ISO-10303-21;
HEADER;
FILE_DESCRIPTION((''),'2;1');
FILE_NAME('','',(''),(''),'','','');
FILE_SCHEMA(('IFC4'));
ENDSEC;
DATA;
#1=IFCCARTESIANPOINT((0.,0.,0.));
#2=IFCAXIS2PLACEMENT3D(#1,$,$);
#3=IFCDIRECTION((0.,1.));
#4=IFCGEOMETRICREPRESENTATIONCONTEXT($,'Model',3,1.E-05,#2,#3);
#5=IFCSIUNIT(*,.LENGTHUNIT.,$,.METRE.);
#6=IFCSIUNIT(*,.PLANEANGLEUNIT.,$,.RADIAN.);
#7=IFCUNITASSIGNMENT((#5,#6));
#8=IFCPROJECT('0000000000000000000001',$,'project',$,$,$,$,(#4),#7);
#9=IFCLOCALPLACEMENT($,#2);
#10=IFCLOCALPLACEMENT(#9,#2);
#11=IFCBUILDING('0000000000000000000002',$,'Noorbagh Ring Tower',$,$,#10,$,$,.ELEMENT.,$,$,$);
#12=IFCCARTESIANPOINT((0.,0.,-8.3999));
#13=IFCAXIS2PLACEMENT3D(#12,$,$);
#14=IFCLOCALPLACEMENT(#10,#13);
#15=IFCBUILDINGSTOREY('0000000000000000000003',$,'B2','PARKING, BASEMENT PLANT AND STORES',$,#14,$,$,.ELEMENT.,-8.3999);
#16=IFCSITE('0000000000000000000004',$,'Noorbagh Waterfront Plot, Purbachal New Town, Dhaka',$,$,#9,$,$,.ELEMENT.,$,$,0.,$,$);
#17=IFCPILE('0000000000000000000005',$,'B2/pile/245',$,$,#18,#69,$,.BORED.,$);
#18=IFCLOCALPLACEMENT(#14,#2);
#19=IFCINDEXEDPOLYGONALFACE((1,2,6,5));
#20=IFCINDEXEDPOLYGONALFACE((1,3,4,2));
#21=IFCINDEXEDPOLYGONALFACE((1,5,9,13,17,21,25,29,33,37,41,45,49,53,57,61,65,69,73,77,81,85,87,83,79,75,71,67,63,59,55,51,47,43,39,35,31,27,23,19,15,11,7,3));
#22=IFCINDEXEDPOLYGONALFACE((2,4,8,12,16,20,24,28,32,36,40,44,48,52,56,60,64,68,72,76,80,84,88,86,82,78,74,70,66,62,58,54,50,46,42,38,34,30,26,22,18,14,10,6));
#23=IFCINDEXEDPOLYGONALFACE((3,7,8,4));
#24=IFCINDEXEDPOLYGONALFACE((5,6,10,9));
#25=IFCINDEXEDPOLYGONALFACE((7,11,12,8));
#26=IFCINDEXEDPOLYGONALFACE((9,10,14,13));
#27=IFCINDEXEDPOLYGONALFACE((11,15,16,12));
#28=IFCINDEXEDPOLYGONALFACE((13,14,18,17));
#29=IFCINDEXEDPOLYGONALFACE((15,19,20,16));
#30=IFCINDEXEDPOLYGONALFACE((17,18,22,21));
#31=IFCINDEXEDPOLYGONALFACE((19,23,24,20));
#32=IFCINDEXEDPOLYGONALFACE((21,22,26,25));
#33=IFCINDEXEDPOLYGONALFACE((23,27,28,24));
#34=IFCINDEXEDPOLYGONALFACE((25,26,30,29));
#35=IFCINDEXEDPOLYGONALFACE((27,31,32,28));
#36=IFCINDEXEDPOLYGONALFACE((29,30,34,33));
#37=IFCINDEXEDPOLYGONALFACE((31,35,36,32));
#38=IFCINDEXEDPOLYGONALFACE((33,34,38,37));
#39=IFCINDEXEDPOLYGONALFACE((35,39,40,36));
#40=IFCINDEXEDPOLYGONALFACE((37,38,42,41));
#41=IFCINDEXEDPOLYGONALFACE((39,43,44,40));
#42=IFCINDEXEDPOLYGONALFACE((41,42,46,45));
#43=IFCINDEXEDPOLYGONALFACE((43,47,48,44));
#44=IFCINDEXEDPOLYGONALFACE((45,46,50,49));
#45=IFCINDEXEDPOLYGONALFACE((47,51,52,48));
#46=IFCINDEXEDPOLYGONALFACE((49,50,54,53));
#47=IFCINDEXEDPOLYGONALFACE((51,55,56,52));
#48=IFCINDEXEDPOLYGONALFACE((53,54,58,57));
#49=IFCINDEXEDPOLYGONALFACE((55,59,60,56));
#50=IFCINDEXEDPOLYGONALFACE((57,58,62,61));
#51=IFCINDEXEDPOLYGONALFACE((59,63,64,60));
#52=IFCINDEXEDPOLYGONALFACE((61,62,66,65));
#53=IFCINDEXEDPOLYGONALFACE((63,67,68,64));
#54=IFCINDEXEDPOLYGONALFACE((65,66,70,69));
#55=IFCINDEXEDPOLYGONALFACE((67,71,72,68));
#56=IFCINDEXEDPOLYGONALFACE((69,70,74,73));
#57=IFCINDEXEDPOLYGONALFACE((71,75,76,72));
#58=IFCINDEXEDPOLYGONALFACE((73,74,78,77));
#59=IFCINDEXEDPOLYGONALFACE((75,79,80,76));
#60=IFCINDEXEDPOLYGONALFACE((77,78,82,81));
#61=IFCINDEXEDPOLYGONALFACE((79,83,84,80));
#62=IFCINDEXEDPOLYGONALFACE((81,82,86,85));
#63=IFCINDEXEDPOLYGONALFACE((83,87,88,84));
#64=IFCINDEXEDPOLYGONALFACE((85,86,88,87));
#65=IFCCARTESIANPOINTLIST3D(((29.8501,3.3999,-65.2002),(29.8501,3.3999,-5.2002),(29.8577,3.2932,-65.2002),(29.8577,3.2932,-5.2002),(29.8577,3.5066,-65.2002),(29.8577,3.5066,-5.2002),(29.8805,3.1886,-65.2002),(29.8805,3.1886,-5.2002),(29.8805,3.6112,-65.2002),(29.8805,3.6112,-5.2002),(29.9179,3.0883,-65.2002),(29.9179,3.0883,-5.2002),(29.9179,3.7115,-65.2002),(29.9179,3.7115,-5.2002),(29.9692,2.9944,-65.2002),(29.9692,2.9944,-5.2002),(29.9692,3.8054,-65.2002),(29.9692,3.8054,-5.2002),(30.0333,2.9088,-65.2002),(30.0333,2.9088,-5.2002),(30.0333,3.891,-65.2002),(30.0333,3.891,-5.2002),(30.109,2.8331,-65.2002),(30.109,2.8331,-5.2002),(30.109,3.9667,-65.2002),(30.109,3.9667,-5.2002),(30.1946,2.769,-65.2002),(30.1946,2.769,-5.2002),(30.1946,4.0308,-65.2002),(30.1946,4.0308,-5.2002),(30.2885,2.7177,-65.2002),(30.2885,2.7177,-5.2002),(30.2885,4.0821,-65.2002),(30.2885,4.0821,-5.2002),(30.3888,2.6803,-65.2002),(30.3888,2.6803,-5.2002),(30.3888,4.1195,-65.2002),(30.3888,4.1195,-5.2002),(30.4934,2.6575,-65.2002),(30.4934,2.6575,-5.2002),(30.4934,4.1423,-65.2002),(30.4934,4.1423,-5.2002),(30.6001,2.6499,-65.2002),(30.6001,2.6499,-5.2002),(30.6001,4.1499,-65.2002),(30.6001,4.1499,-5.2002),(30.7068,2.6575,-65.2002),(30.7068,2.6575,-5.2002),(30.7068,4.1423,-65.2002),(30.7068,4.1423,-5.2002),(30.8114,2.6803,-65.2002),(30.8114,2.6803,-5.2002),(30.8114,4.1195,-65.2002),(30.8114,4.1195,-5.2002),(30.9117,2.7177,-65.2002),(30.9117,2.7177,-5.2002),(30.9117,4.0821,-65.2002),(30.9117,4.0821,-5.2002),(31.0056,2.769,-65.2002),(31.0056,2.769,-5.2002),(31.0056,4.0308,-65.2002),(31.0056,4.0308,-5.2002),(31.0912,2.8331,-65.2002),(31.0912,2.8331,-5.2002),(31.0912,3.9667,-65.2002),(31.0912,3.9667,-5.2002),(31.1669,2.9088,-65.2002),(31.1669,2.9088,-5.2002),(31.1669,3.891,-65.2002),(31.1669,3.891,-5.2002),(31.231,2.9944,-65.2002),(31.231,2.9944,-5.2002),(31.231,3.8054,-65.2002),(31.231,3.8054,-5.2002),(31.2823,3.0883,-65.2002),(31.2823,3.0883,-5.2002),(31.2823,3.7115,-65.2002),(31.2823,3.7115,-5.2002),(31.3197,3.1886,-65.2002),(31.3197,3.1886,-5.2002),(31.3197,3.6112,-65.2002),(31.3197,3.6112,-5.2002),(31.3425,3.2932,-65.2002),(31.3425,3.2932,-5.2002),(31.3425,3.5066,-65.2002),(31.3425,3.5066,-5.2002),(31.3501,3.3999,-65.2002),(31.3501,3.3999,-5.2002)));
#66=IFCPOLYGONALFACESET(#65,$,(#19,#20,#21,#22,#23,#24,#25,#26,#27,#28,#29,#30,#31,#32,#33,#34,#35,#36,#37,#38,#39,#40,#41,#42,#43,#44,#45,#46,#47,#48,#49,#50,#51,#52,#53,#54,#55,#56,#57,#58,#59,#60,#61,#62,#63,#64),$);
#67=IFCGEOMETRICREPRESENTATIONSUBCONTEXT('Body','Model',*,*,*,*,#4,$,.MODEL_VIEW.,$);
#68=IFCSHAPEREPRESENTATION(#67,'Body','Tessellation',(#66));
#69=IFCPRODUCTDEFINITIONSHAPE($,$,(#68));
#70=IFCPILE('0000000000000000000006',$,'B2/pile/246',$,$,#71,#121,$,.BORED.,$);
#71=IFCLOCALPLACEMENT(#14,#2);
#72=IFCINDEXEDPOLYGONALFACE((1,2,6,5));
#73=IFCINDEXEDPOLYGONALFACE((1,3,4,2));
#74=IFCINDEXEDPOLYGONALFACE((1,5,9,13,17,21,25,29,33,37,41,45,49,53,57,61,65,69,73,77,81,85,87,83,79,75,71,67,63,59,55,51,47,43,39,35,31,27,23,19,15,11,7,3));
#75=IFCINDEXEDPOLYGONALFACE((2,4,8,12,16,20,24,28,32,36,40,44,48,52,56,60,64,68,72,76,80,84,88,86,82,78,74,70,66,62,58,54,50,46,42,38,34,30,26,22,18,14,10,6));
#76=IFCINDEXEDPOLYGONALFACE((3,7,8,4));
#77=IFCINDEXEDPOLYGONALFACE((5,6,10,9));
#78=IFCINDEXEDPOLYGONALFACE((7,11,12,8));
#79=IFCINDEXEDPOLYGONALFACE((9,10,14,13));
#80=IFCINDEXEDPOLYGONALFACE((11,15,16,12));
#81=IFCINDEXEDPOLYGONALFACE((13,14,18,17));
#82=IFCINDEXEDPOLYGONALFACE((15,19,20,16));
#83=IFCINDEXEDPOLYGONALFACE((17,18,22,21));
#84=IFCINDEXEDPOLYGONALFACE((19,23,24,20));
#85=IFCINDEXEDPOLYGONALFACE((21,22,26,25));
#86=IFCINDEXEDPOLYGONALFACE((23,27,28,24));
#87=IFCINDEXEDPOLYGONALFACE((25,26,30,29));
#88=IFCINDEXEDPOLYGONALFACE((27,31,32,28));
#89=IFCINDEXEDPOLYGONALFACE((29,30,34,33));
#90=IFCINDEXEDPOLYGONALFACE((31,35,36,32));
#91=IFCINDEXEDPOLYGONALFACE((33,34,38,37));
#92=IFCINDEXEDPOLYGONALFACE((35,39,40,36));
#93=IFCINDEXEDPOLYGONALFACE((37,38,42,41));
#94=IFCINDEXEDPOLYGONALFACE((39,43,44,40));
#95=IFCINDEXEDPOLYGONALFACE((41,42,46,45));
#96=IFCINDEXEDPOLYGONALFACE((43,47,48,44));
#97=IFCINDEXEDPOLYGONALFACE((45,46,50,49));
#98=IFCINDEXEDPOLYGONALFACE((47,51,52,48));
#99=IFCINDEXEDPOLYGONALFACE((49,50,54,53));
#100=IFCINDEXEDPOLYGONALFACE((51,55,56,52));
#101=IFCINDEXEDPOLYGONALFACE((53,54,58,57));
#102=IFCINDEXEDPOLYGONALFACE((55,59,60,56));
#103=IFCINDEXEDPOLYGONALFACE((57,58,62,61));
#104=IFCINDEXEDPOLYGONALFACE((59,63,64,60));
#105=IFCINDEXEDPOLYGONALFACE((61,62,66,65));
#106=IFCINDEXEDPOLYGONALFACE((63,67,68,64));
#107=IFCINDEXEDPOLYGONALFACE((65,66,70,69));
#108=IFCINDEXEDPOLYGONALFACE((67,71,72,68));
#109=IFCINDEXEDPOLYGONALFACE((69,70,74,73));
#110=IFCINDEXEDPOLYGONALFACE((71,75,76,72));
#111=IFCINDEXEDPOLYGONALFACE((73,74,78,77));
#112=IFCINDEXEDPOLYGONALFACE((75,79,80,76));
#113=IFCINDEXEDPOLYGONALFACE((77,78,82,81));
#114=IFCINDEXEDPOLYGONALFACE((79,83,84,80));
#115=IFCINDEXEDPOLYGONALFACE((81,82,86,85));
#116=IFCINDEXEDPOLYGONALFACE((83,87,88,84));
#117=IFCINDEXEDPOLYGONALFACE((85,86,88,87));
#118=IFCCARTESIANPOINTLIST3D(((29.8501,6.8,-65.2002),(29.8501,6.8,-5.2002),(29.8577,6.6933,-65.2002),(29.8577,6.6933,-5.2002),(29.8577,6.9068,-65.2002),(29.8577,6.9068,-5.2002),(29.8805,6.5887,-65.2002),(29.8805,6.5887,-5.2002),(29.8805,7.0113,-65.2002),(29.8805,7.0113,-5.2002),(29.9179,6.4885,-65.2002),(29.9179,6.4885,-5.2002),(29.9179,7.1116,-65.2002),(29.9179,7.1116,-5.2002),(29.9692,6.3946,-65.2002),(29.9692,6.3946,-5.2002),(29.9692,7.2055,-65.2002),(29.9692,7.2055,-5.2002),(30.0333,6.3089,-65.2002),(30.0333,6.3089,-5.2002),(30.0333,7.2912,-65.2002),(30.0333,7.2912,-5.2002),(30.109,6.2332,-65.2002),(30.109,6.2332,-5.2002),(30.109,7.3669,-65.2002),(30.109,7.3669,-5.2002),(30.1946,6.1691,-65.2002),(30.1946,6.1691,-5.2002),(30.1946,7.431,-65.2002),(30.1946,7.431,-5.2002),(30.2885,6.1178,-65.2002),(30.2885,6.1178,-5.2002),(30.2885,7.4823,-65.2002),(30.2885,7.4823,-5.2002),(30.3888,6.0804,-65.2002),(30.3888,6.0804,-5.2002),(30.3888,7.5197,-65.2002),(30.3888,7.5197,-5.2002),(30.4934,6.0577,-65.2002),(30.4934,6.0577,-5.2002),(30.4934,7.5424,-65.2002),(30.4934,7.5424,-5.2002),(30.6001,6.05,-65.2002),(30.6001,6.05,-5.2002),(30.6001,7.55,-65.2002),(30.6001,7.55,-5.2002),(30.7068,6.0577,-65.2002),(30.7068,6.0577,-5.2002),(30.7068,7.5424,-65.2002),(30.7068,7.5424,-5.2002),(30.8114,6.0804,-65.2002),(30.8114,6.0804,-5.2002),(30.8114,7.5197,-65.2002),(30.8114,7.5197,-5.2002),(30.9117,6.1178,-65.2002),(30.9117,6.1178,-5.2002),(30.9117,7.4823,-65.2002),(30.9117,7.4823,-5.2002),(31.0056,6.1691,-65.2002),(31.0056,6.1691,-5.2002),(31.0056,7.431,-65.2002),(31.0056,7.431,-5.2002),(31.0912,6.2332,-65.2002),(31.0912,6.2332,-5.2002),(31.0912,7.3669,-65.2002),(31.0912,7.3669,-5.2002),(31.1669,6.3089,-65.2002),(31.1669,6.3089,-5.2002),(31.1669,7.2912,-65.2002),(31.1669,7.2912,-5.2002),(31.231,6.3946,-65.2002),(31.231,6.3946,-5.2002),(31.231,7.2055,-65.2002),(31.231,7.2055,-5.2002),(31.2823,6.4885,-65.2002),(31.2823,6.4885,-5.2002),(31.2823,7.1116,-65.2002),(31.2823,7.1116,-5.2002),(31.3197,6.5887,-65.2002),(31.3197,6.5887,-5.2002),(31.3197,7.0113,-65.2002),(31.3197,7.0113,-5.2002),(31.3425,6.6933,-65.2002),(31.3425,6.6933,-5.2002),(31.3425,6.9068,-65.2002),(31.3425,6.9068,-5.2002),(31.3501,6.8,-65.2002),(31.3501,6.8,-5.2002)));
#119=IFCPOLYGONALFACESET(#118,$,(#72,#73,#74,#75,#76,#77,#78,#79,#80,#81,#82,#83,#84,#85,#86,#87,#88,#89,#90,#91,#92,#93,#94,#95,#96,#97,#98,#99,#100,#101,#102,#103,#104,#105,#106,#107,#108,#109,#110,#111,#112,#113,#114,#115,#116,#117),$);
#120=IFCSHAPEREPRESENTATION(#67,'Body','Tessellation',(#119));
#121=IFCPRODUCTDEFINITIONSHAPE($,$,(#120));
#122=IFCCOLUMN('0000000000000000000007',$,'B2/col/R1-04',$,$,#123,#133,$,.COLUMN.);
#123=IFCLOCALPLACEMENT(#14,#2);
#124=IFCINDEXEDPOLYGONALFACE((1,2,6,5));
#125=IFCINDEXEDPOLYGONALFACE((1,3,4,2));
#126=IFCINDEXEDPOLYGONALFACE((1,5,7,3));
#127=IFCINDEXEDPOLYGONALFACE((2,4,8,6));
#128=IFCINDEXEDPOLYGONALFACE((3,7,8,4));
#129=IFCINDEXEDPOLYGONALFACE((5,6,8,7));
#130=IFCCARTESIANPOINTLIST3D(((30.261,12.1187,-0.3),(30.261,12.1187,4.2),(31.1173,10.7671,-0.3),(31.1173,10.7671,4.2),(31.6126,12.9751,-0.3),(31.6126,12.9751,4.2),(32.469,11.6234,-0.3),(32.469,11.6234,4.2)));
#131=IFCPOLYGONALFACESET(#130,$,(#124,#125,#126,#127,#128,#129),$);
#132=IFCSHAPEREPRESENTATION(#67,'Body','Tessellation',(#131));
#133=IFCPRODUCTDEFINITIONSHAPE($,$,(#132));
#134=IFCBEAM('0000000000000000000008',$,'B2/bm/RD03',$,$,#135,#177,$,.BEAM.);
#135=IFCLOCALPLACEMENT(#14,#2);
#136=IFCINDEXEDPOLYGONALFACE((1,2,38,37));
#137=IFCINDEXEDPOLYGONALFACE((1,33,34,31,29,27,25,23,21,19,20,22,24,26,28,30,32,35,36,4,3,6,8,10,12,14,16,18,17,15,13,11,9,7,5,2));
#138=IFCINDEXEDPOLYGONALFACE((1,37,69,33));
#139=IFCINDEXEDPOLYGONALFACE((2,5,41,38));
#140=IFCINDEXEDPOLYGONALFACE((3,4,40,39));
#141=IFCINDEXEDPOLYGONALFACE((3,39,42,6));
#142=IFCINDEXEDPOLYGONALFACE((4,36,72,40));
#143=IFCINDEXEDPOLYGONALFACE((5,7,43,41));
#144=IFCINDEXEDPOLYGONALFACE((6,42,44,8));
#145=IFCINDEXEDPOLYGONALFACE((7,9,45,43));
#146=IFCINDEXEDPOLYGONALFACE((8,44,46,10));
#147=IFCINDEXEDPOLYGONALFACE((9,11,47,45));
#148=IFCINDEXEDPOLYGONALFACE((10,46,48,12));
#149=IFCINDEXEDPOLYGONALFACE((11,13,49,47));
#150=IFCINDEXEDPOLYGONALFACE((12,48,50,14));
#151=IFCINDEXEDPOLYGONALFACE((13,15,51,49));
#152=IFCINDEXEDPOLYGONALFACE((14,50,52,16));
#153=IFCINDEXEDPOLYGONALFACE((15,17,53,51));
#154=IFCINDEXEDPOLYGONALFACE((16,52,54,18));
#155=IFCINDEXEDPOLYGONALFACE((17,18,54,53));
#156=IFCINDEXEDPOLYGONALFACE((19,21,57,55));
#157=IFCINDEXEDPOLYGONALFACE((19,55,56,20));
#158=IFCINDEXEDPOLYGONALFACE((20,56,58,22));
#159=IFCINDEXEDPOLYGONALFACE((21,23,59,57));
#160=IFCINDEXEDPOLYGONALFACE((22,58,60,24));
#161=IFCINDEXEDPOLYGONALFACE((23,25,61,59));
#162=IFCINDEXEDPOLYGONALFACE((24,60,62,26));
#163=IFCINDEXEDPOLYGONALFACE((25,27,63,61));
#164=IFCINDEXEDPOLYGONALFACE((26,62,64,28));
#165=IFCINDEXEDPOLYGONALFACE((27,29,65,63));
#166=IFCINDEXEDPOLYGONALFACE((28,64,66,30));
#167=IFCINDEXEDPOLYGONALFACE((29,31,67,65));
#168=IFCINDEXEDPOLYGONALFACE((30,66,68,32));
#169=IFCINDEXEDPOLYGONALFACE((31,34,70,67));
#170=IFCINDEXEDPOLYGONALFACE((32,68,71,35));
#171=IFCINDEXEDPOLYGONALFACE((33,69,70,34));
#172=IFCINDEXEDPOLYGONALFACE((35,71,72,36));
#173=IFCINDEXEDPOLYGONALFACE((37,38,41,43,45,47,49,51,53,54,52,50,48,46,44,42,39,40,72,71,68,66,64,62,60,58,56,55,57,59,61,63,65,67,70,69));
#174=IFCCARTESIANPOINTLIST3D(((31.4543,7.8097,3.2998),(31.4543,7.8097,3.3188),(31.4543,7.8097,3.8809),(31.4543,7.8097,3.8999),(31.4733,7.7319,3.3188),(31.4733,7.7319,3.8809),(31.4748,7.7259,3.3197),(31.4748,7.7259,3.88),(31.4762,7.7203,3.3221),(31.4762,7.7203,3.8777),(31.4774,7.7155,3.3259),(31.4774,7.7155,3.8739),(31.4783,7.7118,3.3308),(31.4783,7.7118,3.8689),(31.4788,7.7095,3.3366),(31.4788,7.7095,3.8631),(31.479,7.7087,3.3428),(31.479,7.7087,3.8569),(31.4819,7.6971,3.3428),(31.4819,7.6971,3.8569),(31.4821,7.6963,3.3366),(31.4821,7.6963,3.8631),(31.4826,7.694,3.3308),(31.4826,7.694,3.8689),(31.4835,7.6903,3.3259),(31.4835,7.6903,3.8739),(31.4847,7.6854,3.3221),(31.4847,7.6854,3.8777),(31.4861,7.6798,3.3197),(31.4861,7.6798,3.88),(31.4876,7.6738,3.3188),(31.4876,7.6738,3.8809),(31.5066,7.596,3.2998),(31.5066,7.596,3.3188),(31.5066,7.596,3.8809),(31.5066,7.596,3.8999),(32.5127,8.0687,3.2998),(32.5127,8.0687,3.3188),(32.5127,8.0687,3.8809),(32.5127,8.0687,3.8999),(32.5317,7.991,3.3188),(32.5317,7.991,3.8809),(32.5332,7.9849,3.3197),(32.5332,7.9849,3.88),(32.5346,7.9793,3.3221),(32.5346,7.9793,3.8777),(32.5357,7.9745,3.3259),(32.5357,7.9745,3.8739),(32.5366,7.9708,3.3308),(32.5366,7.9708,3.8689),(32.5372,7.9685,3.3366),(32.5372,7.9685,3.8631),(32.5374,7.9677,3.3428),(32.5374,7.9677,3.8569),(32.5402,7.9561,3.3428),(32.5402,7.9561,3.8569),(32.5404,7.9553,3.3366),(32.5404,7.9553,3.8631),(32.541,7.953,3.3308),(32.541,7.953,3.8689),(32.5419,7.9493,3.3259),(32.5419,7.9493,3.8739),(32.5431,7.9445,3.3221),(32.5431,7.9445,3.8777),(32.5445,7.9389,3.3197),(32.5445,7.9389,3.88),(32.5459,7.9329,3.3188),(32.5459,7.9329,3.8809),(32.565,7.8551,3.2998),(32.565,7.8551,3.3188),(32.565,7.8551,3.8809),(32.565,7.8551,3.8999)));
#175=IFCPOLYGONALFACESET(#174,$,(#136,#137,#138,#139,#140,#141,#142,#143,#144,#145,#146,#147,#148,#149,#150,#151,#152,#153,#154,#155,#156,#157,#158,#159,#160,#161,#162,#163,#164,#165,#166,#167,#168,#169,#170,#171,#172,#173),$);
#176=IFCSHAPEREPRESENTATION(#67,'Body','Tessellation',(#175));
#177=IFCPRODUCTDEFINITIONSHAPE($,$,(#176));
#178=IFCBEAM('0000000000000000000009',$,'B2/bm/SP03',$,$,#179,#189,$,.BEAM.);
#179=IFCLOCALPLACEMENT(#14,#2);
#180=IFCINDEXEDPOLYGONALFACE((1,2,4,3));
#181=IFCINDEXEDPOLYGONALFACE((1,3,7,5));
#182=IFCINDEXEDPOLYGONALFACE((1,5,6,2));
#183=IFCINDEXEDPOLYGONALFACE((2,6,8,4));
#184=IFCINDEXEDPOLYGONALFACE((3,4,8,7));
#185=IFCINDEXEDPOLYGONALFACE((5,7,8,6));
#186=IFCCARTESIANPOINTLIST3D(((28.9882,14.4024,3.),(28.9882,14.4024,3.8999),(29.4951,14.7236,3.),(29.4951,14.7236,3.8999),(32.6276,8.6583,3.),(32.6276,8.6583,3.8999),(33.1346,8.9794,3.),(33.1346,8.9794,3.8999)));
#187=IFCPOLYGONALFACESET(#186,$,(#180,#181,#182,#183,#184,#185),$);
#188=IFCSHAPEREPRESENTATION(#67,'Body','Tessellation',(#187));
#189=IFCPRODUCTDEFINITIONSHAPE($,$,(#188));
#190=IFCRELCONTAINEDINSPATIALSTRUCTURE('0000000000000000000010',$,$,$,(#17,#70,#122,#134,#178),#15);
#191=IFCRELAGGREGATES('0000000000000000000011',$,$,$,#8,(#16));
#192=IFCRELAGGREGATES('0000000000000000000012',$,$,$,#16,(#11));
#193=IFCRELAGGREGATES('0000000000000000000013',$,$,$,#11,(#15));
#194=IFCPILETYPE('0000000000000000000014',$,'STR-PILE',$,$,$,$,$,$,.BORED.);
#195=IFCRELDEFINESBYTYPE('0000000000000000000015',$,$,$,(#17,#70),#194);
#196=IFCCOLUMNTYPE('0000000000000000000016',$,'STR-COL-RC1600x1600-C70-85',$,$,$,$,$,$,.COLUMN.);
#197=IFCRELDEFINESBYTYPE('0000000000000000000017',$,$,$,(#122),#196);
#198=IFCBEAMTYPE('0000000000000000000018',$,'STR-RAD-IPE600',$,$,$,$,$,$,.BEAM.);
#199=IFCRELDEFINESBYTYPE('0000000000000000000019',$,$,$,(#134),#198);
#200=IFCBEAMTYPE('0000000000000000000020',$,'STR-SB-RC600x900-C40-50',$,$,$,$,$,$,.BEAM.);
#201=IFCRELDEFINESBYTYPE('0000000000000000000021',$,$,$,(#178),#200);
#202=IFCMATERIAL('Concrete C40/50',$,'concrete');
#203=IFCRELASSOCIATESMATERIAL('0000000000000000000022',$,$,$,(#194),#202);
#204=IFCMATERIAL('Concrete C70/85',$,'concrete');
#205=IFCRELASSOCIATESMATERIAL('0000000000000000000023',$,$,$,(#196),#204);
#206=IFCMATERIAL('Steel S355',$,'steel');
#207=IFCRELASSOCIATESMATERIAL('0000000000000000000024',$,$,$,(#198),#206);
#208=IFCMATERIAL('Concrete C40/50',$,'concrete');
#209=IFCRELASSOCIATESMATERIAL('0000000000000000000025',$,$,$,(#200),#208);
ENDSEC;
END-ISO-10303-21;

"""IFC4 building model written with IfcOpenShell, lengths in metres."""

from ifc_helpers import new_model, si_unit, direction, frame, origin, origin_2d, place, context, subcontext, project, spatial, rectangle, circle, i_section, extrude, material, material_profile, profile_set, type_object, element, save


model = new_model("IFC4")

# Units and contexts
model_context = context("Model", 3, precision=1e-05, world=origin(), true_north=direction((0.0, 1.0)))
body_context = subcontext(model_context, "Body", "Model", "MODEL_VIEW")
ifc_project = project(units=[si_unit("LENGTHUNIT", "METRE"), si_unit("PLANEANGLEUNIT", "RADIAN")], contexts=[model_context])

# Site, building, storey
site_placement = place(None, origin())
site = spatial("IfcSite", under=ifc_project, at=site_placement, Name="Noorbagh Waterfront Plot, Purbachal New Town, Dhaka", CompositionType="ELEMENT", RefElevation=0.0)
building_placement = place(site_placement, origin())
building = spatial("IfcBuilding", under=site, at=building_placement, Name="Noorbagh Ring Tower", CompositionType="ELEMENT")
storey_placement = place(building_placement, frame((0.0, 0.0, -8.3999)))
storey = spatial("IfcBuildingStorey", under=building, at=storey_placement, Name="B2", Description="PARKING, BASEMENT PLANT AND STORES", CompositionType="ELEMENT", Elevation=-8.3999)

# Piles
ifc_material_1 = material(Name="Concrete C40/50", Category="concrete")
ifc_material_profile_1 = material_profile(ifc_material_1, circle(Radius=0.75, at=origin_2d()), Name="PILE1500")
ifc_profile_set_1 = profile_set([ifc_material_profile_1], Name="Concrete C40/50")
pile_type = type_object("IfcPileType", Name="STR-PILE", PredefinedType="BORED", material=ifc_profile_set_1)
for number, where, z_axis, x_axis, name in (
    (1, (30.6001, 3.3999, -5.2002), (0.0, 0.0, -1.0), (1.0, 0.0, 0.0), "B2/pile/245"),
    (2, (30.6001, 6.8, -5.2002), (0.0, 0.0, -1.0), (1.0, 0.0, 0.0), "B2/pile/246"),
):
    element("IfcPile", number, at=place(storey_placement, frame(where, z_axis=z_axis, x_axis=x_axis)), inside=storey, type_object=pile_type, Name=name, PredefinedType="BORED", context=body_context, shape_type="SweptSolid", body=[
        extrude(circle(Radius=0.75, at=origin_2d()), origin(), (0.0, 0.0, 1.0), 60.0),
    ])

# Column
ifc_material_2 = material(Name="Concrete C70/85", Category="concrete")
ifc_material_profile_2 = material_profile(ifc_material_2, rectangle(XDim=1.6001, YDim=1.6001, at=origin_2d()), Name="RC1600x1600")
ifc_profile_set_2 = profile_set([ifc_material_profile_2], Name="Concrete C70/85")
column_type = type_object("IfcColumnType", Name="STR-COL-RC1600x1600-C70-85", PredefinedType="COLUMN", material=ifc_profile_set_2)
column_placement = place(storey_placement, frame((31.365, 11.8711, -0.3), z_axis=(0.0, 0.0, 1.0), x_axis=(-0.53519, 0.844731, 0.0)))
element("IfcColumn", 3, at=column_placement, inside=storey, type_object=column_type, Name="B2/col/R1-04", PredefinedType="COLUMN", context=body_context, shape_type="SweptSolid", body=[
    extrude(rectangle(XDim=1.6001, YDim=1.6001, at=origin_2d()), origin(), (0.0, 0.0, 1.0), 4.5),
])

# Beams
ifc_material_3 = material(Name="Steel S355", Category="steel")
ifc_material_profile_3 = material_profile(ifc_material_3, i_section(OverallWidth=0.22, OverallDepth=0.6001, WebThickness=0.012, FlangeThickness=0.019, FilletRadius=0.0239, at=origin_2d()), Name="IPE600")
ifc_profile_set_3 = profile_set([ifc_material_profile_3], Name="Steel S355")
beam_type_1 = type_object("IfcBeamType", Name="STR-RAD-IPE600", PredefinedType="BEAM", material=ifc_profile_set_3)
beam_1_placement = place(storey_placement, frame((32.5388, 7.9619, 3.5999), z_axis=(-0.97133, -0.237735, 0.0), x_axis=(0.237735, -0.97133, 0.0)))
element("IfcBeam", 4, at=beam_1_placement, inside=storey, type_object=beam_type_1, Name="B2/bm/RD03", PredefinedType="BEAM", context=body_context, shape_type="SweptSolid", body=[
    extrude(i_section(OverallWidth=0.22, OverallDepth=0.6001, WebThickness=0.012, FlangeThickness=0.019, FilletRadius=0.0239, at=origin_2d()), origin(), (0.0, 0.0, 1.0), 1.0896),
])
ifc_material_4 = material(Name="Concrete C40/50", Category="concrete")
ifc_material_profile_4 = material_profile(ifc_material_4, rectangle(XDim=0.6001, YDim=0.8999, at=origin_2d()), Name="RC600x900")
ifc_profile_set_4 = profile_set([ifc_material_profile_4], Name="Concrete C40/50")
beam_type_2 = type_object("IfcBeamType", Name="STR-SB-RC600x900-C40-50", PredefinedType="BEAM", material=ifc_profile_set_4)
beam_2_placement = place(storey_placement, frame((32.8811, 8.8188, 3.45), z_axis=(-0.535204, 0.844723, 0.0), x_axis=(-0.844723, -0.535204, 0.0)))
element("IfcBeam", 5, at=beam_2_placement, inside=storey, type_object=beam_type_2, Name="B2/bm/SP03", PredefinedType="BEAM", context=body_context, shape_type="SweptSolid", body=[
    extrude(rectangle(XDim=0.6001, YDim=0.8999, at=origin_2d()), origin(), (0.0, 0.0, 1.0), 6.8),
])

save(model, "model.ifc")
